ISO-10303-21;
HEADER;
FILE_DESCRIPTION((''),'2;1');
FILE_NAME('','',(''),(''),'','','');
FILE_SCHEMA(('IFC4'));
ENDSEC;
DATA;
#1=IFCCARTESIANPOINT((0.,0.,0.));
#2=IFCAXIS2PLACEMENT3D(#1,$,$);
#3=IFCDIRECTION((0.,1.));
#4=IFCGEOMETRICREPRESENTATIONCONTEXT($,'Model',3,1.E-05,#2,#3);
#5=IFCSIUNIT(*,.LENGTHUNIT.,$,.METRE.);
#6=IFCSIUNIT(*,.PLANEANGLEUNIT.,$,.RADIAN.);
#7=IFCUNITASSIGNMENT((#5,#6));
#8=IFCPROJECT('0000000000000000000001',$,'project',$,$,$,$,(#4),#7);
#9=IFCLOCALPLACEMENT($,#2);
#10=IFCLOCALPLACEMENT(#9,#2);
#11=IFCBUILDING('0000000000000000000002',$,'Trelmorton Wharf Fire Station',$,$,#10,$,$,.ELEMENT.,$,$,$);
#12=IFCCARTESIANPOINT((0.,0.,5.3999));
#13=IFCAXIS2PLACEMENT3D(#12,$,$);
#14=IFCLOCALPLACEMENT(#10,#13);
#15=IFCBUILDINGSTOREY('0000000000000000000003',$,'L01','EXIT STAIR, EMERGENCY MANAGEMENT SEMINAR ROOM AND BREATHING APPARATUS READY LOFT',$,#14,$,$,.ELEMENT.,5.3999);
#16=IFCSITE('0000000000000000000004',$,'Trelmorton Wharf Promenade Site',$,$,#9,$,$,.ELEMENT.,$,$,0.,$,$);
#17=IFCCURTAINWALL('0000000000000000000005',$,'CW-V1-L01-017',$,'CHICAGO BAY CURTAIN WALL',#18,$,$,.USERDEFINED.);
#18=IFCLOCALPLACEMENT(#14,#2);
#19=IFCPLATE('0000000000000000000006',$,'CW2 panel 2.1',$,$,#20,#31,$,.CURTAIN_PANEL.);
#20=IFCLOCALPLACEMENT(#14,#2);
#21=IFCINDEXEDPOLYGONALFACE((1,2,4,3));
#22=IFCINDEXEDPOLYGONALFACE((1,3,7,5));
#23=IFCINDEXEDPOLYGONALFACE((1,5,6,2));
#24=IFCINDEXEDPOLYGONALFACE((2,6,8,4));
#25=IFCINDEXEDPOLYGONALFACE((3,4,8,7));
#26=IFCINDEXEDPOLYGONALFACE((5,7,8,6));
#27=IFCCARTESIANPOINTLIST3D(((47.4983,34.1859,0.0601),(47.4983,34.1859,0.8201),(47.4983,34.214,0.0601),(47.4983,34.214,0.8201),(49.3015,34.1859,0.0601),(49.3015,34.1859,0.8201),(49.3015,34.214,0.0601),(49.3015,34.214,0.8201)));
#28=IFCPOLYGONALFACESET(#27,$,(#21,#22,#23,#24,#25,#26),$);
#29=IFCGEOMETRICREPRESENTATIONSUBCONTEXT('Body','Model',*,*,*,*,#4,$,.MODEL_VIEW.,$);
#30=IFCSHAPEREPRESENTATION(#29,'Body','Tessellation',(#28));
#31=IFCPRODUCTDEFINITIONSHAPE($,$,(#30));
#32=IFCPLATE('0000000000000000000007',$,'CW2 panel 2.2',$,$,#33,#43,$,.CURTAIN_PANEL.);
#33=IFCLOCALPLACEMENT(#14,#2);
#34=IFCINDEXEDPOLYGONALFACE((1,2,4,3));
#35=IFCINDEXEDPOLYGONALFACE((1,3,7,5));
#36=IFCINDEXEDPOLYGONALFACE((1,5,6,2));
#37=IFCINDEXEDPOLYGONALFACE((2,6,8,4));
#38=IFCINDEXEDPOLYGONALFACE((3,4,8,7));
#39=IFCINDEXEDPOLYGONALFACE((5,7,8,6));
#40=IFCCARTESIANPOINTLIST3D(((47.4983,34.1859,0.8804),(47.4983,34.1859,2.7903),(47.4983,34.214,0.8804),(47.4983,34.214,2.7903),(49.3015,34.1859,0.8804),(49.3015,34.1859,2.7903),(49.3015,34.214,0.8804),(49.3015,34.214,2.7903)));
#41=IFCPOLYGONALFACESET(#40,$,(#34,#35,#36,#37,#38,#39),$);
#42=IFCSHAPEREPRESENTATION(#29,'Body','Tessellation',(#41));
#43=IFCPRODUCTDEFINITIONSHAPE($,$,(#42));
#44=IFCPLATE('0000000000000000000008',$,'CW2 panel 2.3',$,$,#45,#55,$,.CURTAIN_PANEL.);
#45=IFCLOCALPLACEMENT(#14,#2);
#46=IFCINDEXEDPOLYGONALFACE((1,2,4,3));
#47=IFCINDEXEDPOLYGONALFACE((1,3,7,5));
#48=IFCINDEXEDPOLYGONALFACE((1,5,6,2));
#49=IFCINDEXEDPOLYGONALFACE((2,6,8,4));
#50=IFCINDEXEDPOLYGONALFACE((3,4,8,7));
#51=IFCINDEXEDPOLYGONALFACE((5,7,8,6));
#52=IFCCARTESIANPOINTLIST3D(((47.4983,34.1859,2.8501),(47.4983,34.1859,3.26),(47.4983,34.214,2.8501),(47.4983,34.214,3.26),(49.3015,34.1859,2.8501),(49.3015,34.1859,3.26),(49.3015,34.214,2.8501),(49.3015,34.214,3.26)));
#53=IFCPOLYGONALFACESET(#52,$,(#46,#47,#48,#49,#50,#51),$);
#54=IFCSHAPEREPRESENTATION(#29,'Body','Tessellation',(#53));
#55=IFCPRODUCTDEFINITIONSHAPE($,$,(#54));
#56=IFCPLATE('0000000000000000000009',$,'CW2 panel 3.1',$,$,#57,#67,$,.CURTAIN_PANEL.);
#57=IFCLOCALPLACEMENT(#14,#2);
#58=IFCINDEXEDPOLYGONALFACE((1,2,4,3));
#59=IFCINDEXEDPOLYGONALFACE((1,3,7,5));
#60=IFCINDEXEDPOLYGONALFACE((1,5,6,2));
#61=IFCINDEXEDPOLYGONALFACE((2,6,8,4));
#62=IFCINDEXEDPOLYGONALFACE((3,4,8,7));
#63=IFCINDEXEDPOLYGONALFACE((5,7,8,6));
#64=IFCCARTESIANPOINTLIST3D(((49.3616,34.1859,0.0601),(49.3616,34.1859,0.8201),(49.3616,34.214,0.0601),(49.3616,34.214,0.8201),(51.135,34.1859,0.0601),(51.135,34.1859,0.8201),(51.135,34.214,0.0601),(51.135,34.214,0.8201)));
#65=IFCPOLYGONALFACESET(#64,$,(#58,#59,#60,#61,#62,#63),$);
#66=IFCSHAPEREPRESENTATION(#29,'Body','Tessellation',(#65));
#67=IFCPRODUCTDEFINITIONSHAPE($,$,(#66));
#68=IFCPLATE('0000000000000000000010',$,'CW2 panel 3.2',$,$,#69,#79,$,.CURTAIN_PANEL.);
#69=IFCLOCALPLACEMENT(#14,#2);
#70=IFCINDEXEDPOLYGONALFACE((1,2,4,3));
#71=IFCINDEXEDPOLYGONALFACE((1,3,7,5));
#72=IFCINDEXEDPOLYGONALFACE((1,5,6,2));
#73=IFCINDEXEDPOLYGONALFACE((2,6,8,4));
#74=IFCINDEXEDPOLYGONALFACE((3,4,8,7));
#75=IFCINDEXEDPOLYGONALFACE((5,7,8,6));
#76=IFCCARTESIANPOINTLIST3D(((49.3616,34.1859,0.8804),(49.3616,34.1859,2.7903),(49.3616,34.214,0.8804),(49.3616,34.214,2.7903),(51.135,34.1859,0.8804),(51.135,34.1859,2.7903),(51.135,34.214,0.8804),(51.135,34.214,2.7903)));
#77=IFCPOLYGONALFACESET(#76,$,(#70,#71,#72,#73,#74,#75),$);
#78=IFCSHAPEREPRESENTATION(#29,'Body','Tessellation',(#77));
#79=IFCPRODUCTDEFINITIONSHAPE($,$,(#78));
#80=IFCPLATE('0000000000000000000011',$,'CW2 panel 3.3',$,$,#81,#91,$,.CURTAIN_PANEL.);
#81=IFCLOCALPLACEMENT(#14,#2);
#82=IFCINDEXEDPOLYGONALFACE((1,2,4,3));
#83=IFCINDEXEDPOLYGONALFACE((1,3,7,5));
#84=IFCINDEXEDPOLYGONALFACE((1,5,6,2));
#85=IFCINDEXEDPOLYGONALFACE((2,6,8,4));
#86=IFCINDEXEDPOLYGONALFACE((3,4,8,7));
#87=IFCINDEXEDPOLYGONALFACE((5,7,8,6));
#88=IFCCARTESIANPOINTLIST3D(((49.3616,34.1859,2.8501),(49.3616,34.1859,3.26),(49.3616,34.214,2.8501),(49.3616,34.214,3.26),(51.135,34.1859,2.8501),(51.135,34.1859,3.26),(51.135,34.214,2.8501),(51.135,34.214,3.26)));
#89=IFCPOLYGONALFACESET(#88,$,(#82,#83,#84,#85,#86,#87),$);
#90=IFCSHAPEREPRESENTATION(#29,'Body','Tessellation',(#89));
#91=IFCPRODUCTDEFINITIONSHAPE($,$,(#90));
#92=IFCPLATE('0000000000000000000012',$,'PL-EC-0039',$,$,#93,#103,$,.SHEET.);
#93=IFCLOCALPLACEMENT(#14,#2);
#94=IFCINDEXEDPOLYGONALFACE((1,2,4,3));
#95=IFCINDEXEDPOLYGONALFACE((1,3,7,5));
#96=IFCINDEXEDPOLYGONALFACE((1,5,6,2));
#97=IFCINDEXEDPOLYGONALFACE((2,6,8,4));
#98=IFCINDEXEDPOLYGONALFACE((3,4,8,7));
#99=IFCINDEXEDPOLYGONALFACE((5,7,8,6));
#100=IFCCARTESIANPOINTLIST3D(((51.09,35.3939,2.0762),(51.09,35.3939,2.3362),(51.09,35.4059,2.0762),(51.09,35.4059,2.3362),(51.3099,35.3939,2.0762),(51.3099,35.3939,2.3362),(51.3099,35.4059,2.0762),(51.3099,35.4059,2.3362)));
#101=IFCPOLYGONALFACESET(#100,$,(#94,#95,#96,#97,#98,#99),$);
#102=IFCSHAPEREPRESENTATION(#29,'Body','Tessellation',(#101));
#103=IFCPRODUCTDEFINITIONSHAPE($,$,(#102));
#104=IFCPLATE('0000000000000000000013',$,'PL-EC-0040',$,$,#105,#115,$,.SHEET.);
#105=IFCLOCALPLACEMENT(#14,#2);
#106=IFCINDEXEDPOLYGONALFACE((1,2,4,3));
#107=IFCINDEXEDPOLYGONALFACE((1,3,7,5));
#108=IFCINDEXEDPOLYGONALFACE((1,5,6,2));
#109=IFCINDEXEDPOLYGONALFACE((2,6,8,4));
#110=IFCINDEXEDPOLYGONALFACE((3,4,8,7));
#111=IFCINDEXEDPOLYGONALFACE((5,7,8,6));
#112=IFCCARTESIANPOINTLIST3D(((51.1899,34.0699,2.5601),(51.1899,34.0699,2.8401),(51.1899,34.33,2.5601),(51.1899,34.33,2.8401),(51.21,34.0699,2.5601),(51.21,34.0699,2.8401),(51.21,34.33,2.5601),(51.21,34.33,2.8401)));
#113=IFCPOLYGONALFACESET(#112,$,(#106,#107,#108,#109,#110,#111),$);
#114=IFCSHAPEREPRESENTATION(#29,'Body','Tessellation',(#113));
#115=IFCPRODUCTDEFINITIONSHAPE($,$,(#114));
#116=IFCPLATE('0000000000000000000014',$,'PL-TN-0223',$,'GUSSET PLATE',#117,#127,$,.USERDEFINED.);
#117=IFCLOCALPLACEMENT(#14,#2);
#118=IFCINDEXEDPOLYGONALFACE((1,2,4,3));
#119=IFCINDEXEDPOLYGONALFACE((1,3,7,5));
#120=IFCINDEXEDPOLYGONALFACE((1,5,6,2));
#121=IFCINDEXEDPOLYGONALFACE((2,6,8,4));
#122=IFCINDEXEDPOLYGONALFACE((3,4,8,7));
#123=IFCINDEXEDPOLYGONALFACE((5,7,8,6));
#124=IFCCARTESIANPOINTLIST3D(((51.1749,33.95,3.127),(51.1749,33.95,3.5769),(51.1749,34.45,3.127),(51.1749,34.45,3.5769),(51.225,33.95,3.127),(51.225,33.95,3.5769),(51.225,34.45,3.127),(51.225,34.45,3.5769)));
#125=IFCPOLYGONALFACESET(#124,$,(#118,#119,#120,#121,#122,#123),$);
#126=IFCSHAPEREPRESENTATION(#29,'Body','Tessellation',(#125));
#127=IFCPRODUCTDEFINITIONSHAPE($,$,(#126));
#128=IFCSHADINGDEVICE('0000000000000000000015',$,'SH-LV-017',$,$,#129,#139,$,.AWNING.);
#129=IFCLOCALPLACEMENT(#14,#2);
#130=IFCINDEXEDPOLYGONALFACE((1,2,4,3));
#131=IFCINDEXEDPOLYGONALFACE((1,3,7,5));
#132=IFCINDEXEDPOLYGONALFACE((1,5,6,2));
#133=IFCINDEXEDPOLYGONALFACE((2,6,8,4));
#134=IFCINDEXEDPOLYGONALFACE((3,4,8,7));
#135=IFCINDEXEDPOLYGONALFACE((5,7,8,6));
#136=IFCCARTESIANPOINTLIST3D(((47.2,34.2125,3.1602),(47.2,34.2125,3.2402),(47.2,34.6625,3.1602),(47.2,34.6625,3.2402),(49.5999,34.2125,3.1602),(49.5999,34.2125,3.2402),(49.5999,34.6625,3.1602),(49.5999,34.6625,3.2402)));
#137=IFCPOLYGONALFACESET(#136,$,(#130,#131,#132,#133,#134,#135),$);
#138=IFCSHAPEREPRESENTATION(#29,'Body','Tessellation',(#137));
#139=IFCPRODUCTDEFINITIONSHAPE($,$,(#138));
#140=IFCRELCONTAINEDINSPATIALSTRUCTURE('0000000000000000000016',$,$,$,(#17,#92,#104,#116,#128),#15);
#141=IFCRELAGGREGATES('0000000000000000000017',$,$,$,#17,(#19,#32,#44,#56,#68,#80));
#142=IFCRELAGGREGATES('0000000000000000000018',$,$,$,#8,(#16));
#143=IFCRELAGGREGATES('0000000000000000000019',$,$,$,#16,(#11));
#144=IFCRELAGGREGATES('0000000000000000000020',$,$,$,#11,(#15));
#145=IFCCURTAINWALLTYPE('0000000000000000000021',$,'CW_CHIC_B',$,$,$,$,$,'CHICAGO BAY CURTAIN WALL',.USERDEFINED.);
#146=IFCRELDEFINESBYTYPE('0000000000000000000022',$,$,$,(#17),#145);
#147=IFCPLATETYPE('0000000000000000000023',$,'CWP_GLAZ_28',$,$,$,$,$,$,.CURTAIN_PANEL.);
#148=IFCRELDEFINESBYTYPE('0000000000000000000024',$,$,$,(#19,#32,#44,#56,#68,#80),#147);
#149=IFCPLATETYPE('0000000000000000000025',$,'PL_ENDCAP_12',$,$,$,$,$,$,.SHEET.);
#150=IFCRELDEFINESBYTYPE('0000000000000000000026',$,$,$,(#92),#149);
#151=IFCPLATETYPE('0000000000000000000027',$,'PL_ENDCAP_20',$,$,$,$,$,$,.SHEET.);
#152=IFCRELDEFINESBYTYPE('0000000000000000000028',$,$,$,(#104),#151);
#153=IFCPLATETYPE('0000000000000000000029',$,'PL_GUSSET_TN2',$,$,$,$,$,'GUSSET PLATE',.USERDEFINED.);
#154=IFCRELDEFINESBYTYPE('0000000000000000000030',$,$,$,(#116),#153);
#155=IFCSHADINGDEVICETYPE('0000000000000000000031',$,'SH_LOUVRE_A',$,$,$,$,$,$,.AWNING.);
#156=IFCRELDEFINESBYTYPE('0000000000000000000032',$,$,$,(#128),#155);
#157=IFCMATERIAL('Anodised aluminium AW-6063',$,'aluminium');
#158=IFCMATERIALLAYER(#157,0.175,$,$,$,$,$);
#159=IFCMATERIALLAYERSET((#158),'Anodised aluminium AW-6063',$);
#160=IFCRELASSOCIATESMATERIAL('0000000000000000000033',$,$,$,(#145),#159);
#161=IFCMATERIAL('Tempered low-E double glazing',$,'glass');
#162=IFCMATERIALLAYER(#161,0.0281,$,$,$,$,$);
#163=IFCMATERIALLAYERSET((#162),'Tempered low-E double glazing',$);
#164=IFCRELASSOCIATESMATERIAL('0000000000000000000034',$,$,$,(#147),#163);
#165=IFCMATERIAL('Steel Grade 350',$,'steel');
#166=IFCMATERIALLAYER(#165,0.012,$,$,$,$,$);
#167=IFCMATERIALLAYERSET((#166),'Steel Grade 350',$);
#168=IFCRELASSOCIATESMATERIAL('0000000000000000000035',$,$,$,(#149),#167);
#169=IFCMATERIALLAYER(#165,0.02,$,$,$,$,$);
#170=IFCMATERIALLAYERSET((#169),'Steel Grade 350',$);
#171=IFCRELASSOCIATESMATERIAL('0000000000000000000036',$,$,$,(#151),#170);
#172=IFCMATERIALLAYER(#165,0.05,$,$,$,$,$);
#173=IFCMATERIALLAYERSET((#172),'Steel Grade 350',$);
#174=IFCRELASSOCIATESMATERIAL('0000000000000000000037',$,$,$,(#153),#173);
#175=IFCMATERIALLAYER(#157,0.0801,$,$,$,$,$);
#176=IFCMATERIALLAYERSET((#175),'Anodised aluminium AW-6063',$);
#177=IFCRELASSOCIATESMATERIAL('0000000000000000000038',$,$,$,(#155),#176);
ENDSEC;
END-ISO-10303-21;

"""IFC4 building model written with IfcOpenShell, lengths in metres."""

from ifc_helpers import new_model, si_unit, direction, frame, origin, origin_2d, place, context, subcontext, project, spatial, rectangle, extrude, material, layer, layer_set, type_object, element, aggregate, save


model = new_model("IFC4")

# Units and contexts
model_context = context("Model", 3, precision=1e-05, world=origin(), true_north=direction((0.0, 1.0)))
body_context = subcontext(model_context, "Body", "Model", "MODEL_VIEW")
ifc_project = project(units=[si_unit("LENGTHUNIT", "METRE"), si_unit("PLANEANGLEUNIT", "RADIAN")], contexts=[model_context])

# Site, building, storey
site_placement = place(None, origin())
site = spatial("IfcSite", under=ifc_project, at=site_placement, Name="Trelmorton Wharf Promenade Site", CompositionType="ELEMENT", RefElevation=0.0)
building_placement = place(site_placement, origin())
building = spatial("IfcBuilding", under=site, at=building_placement, Name="Trelmorton Wharf Fire Station", CompositionType="ELEMENT")
storey_placement = place(building_placement, frame((0.0, 0.0, 5.3999)))
storey = spatial("IfcBuildingStorey", under=building, at=storey_placement, Name="L01", Description="EXIT STAIR, EMERGENCY MANAGEMENT SEMINAR ROOM AND BREATHING APPARATUS READY LOFT", CompositionType="ELEMENT", Elevation=5.3999)

# Shared definitions
ifc_material_1 = material(Name="Steel Grade 350", Category="steel")

# Curtain wall
ifc_material_2 = material(Name="Anodised aluminium AW-6063", Category="aluminium")
ifc_layer_1 = layer(ifc_material_2, 0.175)
ifc_layer_set_1 = layer_set([ifc_layer_1], Name="Anodised aluminium AW-6063")
curtain_wall_type = type_object("IfcCurtainWallType", Name="CW_CHIC_B", ElementType="CHICAGO BAY CURTAIN WALL", PredefinedType="USERDEFINED", material=ifc_layer_set_1)
curtain_wall_1_placement = place(storey_placement, origin())
curtain_wall_1 = element("IfcCurtainWall", 1, at=curtain_wall_1_placement, inside=storey, type_object=curtain_wall_type, Name="CW-V1-L01-017", ObjectType="CHICAGO BAY CURTAIN WALL", PredefinedType="USERDEFINED")

# Plates
ifc_material_3 = material(Name="Tempered low-E double glazing", Category="glass")
ifc_layer_2 = layer(ifc_material_3, 0.0281)
ifc_layer_set_2 = layer_set([ifc_layer_2], Name="Tempered low-E double glazing")
plate_type_1 = type_object("IfcPlateType", Name="CWP_GLAZ_28", PredefinedType="CURTAIN_PANEL", material=ifc_layer_set_2)
plate_1_placement = place(storey_placement, frame((48.3999, 34.2, 0.0601), z_axis=(0.0, 0.0, 1.0), x_axis=(1.0, 0.0, 0.0)))
plate_1 = element("IfcPlate", 2, at=plate_1_placement, type_object=plate_type_1, Name="CW2 panel 2.1", PredefinedType="CURTAIN_PANEL", context=body_context, shape_type="SweptSolid", body=[
    extrude(rectangle(XDim=1.8032, YDim=0.0281, at=origin_2d()), origin(), (0.0, 0.0, 1.0), 0.76),
])
plate_2_placement = place(storey_placement, frame((48.3999, 34.2, 0.8804), z_axis=(0.0, 0.0, 1.0), x_axis=(1.0, 0.0, 0.0)))
plate_2 = element("IfcPlate", 3, at=plate_2_placement, type_object=plate_type_1, Name="CW2 panel 2.2", PredefinedType="CURTAIN_PANEL", context=body_context, shape_type="SweptSolid", body=[
    extrude(rectangle(XDim=1.8032, YDim=0.0281, at=origin_2d()), origin(), (0.0, 0.0, 1.0), 1.9099),
])
plate_3_placement = place(storey_placement, frame((48.3999, 34.2, 2.8501), z_axis=(0.0, 0.0, 1.0), x_axis=(1.0, 0.0, 0.0)))
plate_3 = element("IfcPlate", 4, at=plate_3_placement, type_object=plate_type_1, Name="CW2 panel 2.3", PredefinedType="CURTAIN_PANEL", context=body_context, shape_type="SweptSolid", body=[
    extrude(rectangle(XDim=1.8032, YDim=0.0281, at=origin_2d()), origin(), (0.0, 0.0, 1.0), 0.4099),
])
plate_4_placement = place(storey_placement, frame((50.2483, 34.2, 0.0601), z_axis=(0.0, 0.0, 1.0), x_axis=(1.0, 0.0, 0.0)))
plate_4 = element("IfcPlate", 5, at=plate_4_placement, type_object=plate_type_1, Name="CW2 panel 3.1", PredefinedType="CURTAIN_PANEL", context=body_context, shape_type="SweptSolid", body=[
    extrude(rectangle(XDim=1.7734, YDim=0.0281, at=origin_2d()), origin(), (0.0, 0.0, 1.0), 0.76),
])
plate_5_placement = place(storey_placement, frame((50.2483, 34.2, 0.8804), z_axis=(0.0, 0.0, 1.0), x_axis=(1.0, 0.0, 0.0)))
plate_5 = element("IfcPlate", 6, at=plate_5_placement, type_object=plate_type_1, Name="CW2 panel 3.2", PredefinedType="CURTAIN_PANEL", context=body_context, shape_type="SweptSolid", body=[
    extrude(rectangle(XDim=1.7734, YDim=0.0281, at=origin_2d()), origin(), (0.0, 0.0, 1.0), 1.9099),
])
plate_6_placement = place(storey_placement, frame((50.2483, 34.2, 2.8501), z_axis=(0.0, 0.0, 1.0), x_axis=(1.0, 0.0, 0.0)))
plate_6 = element("IfcPlate", 7, at=plate_6_placement, type_object=plate_type_1, Name="CW2 panel 3.3", PredefinedType="CURTAIN_PANEL", context=body_context, shape_type="SweptSolid", body=[
    extrude(rectangle(XDim=1.7734, YDim=0.0281, at=origin_2d()), origin(), (0.0, 0.0, 1.0), 0.4099),
])
aggregate(curtain_wall_1, [plate_1, plate_2, plate_3, plate_4, plate_5, plate_6])

# Plates
ifc_layer_3 = layer(ifc_material_1, 0.012)
ifc_layer_set_3 = layer_set([ifc_layer_3], Name="Steel Grade 350")
plate_type_2 = type_object("IfcPlateType", Name="PL_ENDCAP_12", PredefinedType="SHEET", material=ifc_layer_set_3)
plate_7_placement = place(storey_placement, frame((51.2, 35.3999, 2.0762), z_axis=(0.0, 0.0, 1.0), x_axis=(1.0, 0.0, 0.0)))
element("IfcPlate", 8, at=plate_7_placement, inside=storey, type_object=plate_type_2, Name="PL-EC-0039", PredefinedType="SHEET", context=body_context, shape_type="SweptSolid", body=[
    extrude(rectangle(XDim=0.22, YDim=0.012, at=origin_2d()), origin(), (0.0, 0.0, 1.0), 0.26),
])
ifc_layer_4 = layer(ifc_material_1, 0.02)
ifc_layer_set_4 = layer_set([ifc_layer_4], Name="Steel Grade 350")
plate_type_3 = type_object("IfcPlateType", Name="PL_ENDCAP_20", PredefinedType="SHEET", material=ifc_layer_set_4)
plate_8_placement = place(storey_placement, frame((51.2, 34.2, 2.5601), z_axis=(0.0, 0.0, 1.0), x_axis=(1.0, 0.0, 0.0)))
element("IfcPlate", 9, at=plate_8_placement, inside=storey, type_object=plate_type_3, Name="PL-EC-0040", PredefinedType="SHEET", context=body_context, shape_type="SweptSolid", body=[
    extrude(rectangle(XDim=0.02, YDim=0.26, at=origin_2d()), origin(), (0.0, 0.0, 1.0), 0.28),
])
ifc_layer_5 = layer(ifc_material_1, 0.05)
ifc_layer_set_5 = layer_set([ifc_layer_5], Name="Steel Grade 350")
plate_type_4 = type_object("IfcPlateType", Name="PL_GUSSET_TN2", ElementType="GUSSET PLATE", PredefinedType="USERDEFINED", material=ifc_layer_set_5)
plate_9_placement = place(storey_placement, frame((51.2, 34.2, 3.127), z_axis=(0.0, 0.0, 1.0), x_axis=(1.0, 0.0, 0.0)))
element("IfcPlate", 10, at=plate_9_placement, inside=storey, type_object=plate_type_4, Name="PL-TN-0223", ObjectType="GUSSET PLATE", PredefinedType="USERDEFINED", context=body_context, shape_type="SweptSolid", body=[
    extrude(rectangle(XDim=0.05, YDim=0.5, at=origin_2d()), origin(), (0.0, 0.0, 1.0), 0.45),
])

# Shading device
ifc_layer_6 = layer(ifc_material_2, 0.0801)
ifc_layer_set_6 = layer_set([ifc_layer_6], Name="Anodised aluminium AW-6063")
shading_device_type = type_object("IfcShadingDeviceType", Name="SH_LOUVRE_A", PredefinedType="AWNING", material=ifc_layer_set_6)
shading_device_placement = place(storey_placement, frame((48.3999, 34.4375, 3.1602), z_axis=(0.0, 0.0, 1.0), x_axis=(1.0, 0.0, 0.0)))
element("IfcShadingDevice", 11, at=shading_device_placement, inside=storey, type_object=shading_device_type, Name="SH-LV-017", PredefinedType="AWNING", context=body_context, shape_type="SweptSolid", body=[
    extrude(rectangle(XDim=2.3999, YDim=0.45, at=origin_2d()), origin(), (0.0, 0.0, 1.0), 0.0801),
])

save(model, "model.ifc")
